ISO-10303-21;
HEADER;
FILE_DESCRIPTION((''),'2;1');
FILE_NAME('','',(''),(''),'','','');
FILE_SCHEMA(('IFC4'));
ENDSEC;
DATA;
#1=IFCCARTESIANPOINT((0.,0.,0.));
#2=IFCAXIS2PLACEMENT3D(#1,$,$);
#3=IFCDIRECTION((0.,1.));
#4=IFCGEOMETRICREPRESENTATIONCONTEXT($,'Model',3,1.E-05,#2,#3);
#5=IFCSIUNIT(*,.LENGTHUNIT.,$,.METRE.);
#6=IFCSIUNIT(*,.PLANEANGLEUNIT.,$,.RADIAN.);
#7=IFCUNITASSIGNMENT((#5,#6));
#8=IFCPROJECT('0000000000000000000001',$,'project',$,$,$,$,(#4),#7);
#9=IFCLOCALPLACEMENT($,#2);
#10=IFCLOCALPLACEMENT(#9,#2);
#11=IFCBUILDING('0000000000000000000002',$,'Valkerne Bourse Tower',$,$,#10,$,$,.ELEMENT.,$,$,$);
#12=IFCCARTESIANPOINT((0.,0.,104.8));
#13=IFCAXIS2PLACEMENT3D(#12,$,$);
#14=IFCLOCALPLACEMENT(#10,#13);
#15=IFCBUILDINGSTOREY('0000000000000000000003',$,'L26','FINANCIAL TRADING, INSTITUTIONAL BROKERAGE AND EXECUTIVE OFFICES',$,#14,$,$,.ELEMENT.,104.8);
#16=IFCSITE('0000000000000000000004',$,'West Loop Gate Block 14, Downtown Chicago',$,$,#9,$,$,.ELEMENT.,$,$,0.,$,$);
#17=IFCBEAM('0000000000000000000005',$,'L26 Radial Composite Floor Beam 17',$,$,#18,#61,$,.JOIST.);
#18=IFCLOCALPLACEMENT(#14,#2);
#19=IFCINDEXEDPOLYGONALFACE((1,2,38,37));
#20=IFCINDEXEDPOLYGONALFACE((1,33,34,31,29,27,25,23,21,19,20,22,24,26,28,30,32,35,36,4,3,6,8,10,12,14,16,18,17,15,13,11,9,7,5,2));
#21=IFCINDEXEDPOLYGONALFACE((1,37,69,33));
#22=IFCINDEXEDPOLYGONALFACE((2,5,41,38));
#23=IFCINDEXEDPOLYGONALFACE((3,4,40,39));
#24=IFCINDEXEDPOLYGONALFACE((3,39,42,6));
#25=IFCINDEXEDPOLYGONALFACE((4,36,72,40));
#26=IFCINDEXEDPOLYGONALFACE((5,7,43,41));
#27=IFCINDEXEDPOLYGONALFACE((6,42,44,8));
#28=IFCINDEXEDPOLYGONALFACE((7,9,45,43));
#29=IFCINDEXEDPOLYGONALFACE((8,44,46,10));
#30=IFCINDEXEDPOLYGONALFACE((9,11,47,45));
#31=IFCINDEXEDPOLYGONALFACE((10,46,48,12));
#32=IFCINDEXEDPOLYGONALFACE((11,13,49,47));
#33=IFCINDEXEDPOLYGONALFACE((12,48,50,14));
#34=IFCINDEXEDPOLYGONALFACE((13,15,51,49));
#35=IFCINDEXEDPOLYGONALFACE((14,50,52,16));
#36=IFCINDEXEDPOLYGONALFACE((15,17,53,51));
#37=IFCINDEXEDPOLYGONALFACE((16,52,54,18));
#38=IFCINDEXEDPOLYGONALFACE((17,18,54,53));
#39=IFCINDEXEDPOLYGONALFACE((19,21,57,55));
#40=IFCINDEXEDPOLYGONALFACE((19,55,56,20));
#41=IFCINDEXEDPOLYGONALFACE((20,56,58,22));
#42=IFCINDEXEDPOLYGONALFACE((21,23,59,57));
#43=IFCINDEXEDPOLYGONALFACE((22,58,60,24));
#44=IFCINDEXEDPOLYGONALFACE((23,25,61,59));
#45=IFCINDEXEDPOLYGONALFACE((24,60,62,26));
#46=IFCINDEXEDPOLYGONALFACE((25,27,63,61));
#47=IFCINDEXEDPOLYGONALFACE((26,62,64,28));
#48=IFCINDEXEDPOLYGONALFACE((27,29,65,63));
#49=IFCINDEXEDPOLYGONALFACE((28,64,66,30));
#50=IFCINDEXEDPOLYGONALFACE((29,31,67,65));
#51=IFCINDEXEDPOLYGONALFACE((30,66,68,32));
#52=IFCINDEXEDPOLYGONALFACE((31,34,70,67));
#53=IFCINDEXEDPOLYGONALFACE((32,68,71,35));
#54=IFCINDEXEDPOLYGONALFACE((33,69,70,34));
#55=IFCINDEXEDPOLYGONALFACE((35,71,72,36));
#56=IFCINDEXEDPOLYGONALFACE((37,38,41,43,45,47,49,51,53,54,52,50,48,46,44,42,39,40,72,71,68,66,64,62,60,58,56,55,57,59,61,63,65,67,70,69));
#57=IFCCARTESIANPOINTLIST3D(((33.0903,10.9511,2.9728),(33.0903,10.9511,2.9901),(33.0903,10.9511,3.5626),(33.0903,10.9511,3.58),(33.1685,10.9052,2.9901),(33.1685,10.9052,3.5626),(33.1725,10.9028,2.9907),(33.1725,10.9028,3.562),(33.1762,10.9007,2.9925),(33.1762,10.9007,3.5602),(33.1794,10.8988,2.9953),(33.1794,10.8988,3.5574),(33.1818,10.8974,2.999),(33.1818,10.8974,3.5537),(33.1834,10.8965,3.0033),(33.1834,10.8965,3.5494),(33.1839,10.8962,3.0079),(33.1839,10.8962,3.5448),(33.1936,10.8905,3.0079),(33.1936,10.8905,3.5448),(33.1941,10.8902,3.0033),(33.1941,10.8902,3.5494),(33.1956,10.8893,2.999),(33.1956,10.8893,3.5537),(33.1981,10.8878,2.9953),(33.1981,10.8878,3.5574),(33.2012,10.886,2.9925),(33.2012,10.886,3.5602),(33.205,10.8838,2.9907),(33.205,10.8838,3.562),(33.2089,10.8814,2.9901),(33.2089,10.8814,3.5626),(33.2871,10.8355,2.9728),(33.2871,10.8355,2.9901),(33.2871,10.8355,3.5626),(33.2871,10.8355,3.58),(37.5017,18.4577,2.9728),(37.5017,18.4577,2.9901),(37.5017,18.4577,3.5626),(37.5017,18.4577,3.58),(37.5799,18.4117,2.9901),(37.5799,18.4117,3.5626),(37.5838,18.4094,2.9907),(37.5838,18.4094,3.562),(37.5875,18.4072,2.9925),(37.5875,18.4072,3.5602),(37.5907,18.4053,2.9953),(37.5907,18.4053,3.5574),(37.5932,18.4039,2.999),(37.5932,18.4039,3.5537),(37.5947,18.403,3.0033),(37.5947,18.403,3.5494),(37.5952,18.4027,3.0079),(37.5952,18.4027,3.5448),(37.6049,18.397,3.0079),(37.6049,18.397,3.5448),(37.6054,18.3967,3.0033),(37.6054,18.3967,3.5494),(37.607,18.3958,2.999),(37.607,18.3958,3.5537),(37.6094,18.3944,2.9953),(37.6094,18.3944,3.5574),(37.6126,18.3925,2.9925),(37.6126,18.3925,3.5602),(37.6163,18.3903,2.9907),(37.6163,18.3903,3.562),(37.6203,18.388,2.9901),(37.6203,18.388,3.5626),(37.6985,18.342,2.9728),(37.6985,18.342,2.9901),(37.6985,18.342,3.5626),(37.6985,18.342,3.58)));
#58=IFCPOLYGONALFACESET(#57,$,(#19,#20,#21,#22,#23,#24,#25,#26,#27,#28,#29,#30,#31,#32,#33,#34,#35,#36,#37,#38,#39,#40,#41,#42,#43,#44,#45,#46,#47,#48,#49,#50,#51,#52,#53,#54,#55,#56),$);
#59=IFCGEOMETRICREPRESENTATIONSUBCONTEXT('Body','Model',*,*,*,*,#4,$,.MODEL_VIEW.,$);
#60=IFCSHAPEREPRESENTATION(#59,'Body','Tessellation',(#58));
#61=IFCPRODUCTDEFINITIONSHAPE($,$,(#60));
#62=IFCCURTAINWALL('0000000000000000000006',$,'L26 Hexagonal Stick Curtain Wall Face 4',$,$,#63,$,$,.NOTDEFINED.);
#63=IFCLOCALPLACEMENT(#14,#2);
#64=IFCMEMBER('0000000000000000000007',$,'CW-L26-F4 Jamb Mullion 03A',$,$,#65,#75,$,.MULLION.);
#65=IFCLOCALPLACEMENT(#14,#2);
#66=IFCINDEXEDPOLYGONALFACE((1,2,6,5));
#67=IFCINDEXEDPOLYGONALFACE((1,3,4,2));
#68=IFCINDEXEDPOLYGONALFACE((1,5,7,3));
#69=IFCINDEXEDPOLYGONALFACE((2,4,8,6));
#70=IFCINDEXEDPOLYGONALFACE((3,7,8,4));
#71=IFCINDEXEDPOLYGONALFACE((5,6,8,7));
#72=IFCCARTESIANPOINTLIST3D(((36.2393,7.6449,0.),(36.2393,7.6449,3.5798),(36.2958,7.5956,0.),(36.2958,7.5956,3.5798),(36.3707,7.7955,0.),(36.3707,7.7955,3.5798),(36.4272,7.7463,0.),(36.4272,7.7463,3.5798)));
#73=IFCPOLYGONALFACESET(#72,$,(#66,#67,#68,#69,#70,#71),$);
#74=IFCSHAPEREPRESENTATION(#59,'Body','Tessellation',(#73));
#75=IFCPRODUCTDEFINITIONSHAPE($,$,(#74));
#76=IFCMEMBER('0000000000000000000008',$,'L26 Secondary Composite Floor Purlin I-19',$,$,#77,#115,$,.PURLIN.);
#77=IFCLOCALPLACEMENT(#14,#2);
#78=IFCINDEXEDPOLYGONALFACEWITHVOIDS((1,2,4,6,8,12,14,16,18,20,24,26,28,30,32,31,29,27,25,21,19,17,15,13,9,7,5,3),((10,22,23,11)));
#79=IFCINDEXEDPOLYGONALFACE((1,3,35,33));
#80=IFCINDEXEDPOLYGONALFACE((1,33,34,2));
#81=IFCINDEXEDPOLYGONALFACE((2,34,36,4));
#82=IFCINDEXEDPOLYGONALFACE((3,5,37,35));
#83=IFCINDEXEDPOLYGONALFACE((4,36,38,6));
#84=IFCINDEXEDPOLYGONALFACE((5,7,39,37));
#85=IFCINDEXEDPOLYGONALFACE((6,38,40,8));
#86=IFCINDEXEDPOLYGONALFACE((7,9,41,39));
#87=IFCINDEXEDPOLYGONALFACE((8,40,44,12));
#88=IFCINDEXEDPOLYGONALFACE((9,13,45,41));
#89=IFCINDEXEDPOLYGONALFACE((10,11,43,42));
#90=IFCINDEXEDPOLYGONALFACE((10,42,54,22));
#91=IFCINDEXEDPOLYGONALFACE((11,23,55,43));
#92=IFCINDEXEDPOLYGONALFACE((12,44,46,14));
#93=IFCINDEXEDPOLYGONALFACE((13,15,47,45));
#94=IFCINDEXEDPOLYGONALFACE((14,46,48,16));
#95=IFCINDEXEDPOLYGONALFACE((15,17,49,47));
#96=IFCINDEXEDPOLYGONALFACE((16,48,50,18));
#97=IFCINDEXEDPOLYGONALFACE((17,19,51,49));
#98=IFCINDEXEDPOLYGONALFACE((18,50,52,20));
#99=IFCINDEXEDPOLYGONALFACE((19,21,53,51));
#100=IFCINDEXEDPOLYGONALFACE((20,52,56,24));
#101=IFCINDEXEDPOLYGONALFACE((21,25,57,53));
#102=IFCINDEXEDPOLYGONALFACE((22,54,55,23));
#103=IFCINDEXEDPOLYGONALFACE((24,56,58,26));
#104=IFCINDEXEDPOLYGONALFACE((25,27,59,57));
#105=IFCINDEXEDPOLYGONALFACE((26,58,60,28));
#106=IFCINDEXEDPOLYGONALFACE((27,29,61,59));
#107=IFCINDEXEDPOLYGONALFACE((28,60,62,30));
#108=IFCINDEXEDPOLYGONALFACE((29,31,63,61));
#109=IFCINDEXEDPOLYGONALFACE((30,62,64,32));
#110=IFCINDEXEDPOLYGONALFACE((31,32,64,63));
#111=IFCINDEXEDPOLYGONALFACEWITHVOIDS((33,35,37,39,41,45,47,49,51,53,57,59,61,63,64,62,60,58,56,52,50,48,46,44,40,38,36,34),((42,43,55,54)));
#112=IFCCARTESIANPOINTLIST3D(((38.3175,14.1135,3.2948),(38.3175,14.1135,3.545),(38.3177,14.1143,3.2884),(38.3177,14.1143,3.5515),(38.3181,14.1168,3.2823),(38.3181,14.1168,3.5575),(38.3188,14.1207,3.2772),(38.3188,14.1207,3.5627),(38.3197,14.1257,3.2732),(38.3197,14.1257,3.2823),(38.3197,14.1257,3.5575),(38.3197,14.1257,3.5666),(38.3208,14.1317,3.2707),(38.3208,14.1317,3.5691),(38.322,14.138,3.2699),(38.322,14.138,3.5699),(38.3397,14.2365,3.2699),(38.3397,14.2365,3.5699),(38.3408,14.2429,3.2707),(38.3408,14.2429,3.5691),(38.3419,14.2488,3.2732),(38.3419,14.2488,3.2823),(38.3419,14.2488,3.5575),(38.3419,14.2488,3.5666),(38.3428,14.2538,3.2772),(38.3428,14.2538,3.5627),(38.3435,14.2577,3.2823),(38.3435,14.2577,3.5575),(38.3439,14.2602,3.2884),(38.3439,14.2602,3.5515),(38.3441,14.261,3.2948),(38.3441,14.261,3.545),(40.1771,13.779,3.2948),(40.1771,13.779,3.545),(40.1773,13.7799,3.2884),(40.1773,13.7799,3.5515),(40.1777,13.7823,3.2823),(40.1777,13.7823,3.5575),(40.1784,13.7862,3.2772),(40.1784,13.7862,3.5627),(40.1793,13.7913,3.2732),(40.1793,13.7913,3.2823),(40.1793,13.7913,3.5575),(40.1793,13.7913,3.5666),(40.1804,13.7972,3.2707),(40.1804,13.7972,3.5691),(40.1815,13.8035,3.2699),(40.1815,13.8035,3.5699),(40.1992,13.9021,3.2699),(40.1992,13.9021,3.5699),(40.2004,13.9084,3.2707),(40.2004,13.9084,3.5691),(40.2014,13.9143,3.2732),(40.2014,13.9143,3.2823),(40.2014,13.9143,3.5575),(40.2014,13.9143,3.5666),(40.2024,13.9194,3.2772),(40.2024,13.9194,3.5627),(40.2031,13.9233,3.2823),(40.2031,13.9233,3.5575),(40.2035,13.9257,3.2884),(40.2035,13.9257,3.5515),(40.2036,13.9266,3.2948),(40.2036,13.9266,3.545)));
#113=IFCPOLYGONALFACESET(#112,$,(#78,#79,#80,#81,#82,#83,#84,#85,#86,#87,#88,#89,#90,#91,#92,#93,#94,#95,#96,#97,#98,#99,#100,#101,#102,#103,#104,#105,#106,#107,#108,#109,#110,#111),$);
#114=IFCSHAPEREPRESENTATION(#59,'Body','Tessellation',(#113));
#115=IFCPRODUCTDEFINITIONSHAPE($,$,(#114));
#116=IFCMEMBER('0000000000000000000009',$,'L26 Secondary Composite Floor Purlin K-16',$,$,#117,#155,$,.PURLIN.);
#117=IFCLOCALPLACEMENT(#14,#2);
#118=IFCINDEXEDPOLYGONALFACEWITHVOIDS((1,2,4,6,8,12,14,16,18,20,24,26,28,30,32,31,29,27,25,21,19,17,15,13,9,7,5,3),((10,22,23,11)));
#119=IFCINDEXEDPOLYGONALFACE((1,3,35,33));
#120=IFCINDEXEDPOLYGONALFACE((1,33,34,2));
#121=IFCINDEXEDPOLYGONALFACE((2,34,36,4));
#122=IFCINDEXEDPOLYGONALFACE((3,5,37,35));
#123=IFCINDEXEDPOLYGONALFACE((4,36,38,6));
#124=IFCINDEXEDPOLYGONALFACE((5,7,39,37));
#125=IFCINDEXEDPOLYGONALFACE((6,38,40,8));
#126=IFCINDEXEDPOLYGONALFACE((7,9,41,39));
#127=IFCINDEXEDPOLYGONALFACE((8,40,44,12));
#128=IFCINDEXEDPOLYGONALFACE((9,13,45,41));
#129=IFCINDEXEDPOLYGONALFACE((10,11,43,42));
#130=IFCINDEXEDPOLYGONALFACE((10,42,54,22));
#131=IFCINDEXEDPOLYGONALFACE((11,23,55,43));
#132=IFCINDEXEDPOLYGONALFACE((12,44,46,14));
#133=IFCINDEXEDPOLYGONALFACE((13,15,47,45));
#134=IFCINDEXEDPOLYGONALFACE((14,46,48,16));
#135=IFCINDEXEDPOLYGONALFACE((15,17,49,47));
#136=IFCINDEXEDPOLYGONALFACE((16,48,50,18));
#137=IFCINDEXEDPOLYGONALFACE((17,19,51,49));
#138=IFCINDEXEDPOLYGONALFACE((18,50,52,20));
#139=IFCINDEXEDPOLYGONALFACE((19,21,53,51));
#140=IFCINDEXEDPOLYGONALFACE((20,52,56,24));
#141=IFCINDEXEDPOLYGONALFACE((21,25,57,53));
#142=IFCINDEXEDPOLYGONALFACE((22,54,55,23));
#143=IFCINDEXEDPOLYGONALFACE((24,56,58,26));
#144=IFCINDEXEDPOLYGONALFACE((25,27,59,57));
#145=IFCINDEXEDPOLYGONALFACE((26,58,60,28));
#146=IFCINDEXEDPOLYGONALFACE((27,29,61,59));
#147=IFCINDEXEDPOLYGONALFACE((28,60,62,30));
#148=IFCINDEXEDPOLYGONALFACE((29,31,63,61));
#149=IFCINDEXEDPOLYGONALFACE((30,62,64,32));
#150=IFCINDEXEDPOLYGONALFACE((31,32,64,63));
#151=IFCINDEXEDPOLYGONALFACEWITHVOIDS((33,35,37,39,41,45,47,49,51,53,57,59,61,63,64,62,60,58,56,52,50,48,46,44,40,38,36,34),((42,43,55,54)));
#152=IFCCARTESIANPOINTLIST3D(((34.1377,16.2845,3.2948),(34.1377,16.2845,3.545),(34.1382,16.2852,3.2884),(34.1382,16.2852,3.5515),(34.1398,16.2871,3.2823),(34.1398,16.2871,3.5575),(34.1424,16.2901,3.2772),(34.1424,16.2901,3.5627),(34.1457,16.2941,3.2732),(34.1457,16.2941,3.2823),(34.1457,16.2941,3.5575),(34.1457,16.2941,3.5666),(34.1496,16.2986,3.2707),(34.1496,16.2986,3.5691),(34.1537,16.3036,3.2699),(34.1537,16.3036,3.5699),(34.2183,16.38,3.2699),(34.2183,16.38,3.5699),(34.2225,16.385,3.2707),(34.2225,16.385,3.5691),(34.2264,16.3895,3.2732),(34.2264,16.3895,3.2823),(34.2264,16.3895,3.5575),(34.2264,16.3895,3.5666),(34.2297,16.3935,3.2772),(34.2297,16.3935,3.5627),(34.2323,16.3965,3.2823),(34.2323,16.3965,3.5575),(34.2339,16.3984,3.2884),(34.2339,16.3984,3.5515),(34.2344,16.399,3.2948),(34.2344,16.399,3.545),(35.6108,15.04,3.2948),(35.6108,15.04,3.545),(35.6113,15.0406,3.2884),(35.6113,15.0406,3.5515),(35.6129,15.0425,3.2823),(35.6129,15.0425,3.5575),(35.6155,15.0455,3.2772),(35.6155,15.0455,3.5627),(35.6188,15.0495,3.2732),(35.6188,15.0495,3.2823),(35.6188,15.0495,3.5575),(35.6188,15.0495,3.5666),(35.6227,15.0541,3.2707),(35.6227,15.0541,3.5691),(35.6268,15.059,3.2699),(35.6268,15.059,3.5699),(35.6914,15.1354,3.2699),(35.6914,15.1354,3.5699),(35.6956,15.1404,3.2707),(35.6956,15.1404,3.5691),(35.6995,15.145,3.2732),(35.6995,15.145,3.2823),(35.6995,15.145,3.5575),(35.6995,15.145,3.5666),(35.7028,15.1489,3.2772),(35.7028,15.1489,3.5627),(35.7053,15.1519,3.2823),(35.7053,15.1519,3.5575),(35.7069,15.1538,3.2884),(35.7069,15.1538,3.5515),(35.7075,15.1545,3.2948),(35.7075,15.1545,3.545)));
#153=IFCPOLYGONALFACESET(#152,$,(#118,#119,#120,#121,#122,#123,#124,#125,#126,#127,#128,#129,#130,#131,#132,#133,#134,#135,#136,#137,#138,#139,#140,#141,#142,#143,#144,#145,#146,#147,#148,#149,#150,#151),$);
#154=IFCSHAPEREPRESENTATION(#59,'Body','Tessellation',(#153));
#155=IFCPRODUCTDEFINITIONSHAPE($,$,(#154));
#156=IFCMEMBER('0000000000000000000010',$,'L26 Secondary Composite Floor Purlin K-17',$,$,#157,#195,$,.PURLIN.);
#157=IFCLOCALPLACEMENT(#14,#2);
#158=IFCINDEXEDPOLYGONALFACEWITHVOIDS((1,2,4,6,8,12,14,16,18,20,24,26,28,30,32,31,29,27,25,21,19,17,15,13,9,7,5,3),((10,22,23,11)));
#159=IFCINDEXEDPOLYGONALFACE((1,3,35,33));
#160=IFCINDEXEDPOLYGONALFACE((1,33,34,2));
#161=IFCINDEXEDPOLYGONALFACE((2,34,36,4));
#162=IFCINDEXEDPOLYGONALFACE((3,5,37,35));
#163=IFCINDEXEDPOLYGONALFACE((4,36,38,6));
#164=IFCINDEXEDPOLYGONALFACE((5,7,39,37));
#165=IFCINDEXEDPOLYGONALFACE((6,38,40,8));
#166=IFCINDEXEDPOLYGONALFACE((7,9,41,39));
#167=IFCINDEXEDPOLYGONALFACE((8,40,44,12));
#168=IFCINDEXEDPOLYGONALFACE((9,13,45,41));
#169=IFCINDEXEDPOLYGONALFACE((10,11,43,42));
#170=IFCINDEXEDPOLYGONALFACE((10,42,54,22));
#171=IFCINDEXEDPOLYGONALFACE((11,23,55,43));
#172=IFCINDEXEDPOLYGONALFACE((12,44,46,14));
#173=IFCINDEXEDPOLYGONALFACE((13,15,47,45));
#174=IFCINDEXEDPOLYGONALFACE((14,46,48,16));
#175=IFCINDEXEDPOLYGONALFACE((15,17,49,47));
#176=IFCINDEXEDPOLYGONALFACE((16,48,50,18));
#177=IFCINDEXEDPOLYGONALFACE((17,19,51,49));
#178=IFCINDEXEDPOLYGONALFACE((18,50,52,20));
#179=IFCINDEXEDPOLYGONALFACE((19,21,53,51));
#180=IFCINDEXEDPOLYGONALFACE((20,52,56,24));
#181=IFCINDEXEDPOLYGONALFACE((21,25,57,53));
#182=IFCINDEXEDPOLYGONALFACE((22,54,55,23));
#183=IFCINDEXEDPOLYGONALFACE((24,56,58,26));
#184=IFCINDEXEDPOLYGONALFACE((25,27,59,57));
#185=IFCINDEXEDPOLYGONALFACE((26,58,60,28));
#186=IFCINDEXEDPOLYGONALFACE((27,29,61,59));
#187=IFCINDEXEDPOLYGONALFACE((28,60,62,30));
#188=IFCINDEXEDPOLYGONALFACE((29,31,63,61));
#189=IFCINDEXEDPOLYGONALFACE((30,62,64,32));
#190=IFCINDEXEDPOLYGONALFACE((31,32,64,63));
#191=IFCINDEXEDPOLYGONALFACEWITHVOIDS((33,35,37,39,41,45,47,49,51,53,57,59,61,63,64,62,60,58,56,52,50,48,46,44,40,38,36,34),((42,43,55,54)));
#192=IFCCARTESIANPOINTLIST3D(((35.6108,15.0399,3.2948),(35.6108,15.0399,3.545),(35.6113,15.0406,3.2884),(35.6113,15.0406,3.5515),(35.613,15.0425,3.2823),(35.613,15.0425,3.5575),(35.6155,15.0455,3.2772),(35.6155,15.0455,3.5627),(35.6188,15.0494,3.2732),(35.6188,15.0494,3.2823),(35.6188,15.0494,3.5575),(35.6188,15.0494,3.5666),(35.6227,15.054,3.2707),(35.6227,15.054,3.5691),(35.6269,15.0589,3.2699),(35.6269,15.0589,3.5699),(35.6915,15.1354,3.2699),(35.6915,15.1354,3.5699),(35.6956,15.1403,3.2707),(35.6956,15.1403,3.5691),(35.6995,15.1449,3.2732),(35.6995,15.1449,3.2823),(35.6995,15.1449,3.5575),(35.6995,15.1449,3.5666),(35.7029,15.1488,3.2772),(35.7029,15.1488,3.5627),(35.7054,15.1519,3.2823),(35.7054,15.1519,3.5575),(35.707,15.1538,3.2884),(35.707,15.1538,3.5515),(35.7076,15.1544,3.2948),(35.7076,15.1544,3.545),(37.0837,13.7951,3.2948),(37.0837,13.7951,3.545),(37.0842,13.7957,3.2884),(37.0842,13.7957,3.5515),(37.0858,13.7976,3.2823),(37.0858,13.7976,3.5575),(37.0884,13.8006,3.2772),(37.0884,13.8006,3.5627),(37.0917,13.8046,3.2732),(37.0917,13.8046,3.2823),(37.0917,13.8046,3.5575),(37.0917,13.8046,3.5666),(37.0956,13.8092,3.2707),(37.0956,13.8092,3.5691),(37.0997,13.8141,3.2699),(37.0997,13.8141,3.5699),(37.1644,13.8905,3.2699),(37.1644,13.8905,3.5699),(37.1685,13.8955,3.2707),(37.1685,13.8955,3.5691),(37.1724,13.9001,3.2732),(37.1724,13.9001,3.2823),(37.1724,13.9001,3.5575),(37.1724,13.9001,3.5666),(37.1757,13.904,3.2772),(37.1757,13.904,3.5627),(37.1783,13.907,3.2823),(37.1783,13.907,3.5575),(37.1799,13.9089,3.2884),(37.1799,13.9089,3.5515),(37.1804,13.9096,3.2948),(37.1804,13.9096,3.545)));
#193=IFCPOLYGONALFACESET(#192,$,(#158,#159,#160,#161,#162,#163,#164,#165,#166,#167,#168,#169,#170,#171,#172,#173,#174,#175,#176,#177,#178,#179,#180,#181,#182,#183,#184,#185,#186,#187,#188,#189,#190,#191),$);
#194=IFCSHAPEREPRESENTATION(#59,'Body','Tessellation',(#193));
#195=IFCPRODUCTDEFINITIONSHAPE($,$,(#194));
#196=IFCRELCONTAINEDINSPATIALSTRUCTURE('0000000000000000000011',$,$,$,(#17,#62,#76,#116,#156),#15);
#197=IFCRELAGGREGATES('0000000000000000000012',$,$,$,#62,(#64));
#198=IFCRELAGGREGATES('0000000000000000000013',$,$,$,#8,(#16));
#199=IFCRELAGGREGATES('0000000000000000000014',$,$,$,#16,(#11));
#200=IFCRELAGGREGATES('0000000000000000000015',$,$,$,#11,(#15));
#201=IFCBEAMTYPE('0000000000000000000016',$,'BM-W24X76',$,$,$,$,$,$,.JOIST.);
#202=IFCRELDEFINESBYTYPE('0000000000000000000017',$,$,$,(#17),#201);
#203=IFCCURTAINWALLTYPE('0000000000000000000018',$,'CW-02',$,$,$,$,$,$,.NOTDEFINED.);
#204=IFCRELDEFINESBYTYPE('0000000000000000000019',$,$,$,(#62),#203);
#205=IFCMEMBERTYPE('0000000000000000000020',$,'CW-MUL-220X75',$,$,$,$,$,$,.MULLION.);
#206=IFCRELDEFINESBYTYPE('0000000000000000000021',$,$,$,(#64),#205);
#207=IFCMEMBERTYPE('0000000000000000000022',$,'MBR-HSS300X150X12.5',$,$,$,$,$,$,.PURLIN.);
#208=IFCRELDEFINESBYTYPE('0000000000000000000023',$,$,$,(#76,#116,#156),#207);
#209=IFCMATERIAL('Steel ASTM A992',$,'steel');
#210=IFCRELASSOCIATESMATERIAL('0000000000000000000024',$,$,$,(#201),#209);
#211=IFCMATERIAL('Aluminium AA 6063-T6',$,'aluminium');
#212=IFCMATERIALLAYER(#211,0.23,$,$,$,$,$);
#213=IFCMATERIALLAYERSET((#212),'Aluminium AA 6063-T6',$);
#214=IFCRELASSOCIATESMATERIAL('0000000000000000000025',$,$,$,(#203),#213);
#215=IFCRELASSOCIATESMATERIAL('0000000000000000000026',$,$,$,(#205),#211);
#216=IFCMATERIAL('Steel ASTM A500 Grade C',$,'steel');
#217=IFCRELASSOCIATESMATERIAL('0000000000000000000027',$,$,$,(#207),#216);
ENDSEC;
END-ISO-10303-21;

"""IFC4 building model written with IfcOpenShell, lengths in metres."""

from ifc_helpers import new_model, si_unit, direction, frame, origin, origin_2d, place, context, subcontext, project, spatial, rectangle, hollow_rectangle, i_section, extrude, material, layer, layer_set, material_profile, profile_set, type_object, element, aggregate, save


model = new_model("IFC4")

# Units and contexts
model_context = context("Model", 3, precision=1e-05, world=origin(), true_north=direction((0.0, 1.0)))
body_context = subcontext(model_context, "Body", "Model", "MODEL_VIEW")
ifc_project = project(units=[si_unit("LENGTHUNIT", "METRE"), si_unit("PLANEANGLEUNIT", "RADIAN")], contexts=[model_context])

# Site, building, storey
site_placement = place(None, origin())
site = spatial("IfcSite", under=ifc_project, at=site_placement, Name="West Loop Gate Block 14, Downtown Chicago", CompositionType="ELEMENT", RefElevation=0.0)
building_placement = place(site_placement, origin())
building = spatial("IfcBuilding", under=site, at=building_placement, Name="Valkerne Bourse Tower", CompositionType="ELEMENT")
storey_placement = place(building_placement, frame((0.0, 0.0, 104.8)))
storey = spatial("IfcBuildingStorey", under=building, at=storey_placement, Name="L26", Description="FINANCIAL TRADING, INSTITUTIONAL BROKERAGE AND EXECUTIVE OFFICES", CompositionType="ELEMENT", Elevation=104.8)

# Beam
ifc_material_1 = material(Name="Steel ASTM A992", Category="steel")
ifc_material_profile_1 = material_profile(ifc_material_1, i_section(OverallWidth=0.2283, OverallDepth=0.6072, WebThickness=0.0112, FlangeThickness=0.0173, FilletRadius=0.0178, at=origin_2d()), Name="W24X76")
ifc_profile_set_1 = profile_set([ifc_material_profile_1], Name="Steel ASTM A992")
beam_type_1 = type_object("IfcBeamType", Name="BM-W24X76", PredefinedType="JOIST", material=ifc_profile_set_1)
beam_1_placement = place(storey_placement, frame((33.1887, 10.8933, 3.2764), z_axis=(0.506656, 0.862148, 0.0), x_axis=(-0.862148, 0.506656, 0.0)))
element("IfcBeam", 1, at=beam_1_placement, inside=storey, type_object=beam_type_1, Name="L26 Radial Composite Floor Beam 17", PredefinedType="JOIST", context=body_context, shape_type="SweptSolid", body=[
    extrude(i_section(OverallWidth=0.2283, OverallDepth=0.6072, WebThickness=0.0112, FlangeThickness=0.0173, FilletRadius=0.0178, at=origin_2d()), origin(), (0.0, 0.0, 1.0), 8.7068),
])

# Curtain wall, member
ifc_material_2 = material(Name="Aluminium AA 6063-T6", Category="aluminium")
ifc_layer_1 = layer(ifc_material_2, 0.23)
ifc_layer_set_1 = layer_set([ifc_layer_1], Name="Aluminium AA 6063-T6")
curtain_wall_type = type_object("IfcCurtainWallType", Name="CW-02", PredefinedType="NOTDEFINED", material=ifc_layer_set_1)
curtain_wall_placement = place(storey_placement, origin())
curtain_wall = element("IfcCurtainWall", 2, at=curtain_wall_placement, inside=storey, type_object=curtain_wall_type, Name="L26 Hexagonal Stick Curtain Wall Face 4", PredefinedType="NOTDEFINED")
ifc_material_profile_2 = material_profile(ifc_material_2, rectangle(XDim=0.075, YDim=0.2, at=origin_2d()), Name="CWM-75X200")
ifc_profile_set_2 = profile_set([ifc_material_profile_2], Name="Aluminium AA 6063-T6")
member_type_1 = type_object("IfcMemberType", Name="CW-MUL-220X75", PredefinedType="MULLION", material=ifc_profile_set_2)
member_1_placement = place(storey_placement, frame((36.3333, 7.6956, 0.0), z_axis=(0.0, 0.0, 1.0), x_axis=(0.753564, -0.657375, 0.0)))
member_1 = element("IfcMember", 3, at=member_1_placement, type_object=member_type_1, Name="CW-L26-F4 Jamb Mullion 03A", PredefinedType="MULLION", context=body_context, shape_type="SweptSolid", body=[
    extrude(rectangle(XDim=0.075, YDim=0.2, at=origin_2d()), origin(), (0.0, 0.0, 1.0), 3.5798),
])

# Members
ifc_material_3 = material(Name="Steel ASTM A500 Grade C", Category="steel")
ifc_material_profile_3 = material_profile(ifc_material_3, hollow_rectangle(XDim=0.1499, YDim=0.3, WallThickness=0.0125, OuterFilletRadius=0.0249, at=origin_2d()), Name="HSS300X150X12.5")
ifc_profile_set_3 = profile_set([ifc_material_profile_3], Name="Steel ASTM A500 Grade C")
member_type_2 = type_object("IfcMemberType", Name="MBR-HSS300X150X12.5", PredefinedType="PURLIN", material=ifc_profile_set_3)
member_2_placement = place(storey_placement, frame((38.3308, 14.1873, 3.4199), z_axis=(0.984207, -0.17702, 0.0), x_axis=(0.17702, 0.984207, 0.0)))
element("IfcMember", 4, at=member_2_placement, inside=storey, type_object=member_type_2, Name="L26 Secondary Composite Floor Purlin I-19", PredefinedType="PURLIN", context=body_context, shape_type="SweptSolid", body=[
    extrude(hollow_rectangle(XDim=0.1499, YDim=0.3, WallThickness=0.0125, OuterFilletRadius=0.0249, at=origin_2d()), origin(), (0.0, 0.0, 1.0), 1.8894),
])
for number, where, z_axis, x_axis, name in (
    (5, (34.186, 16.3418, 3.4199), (0.763866, -0.645375, 0.0), (0.645375, 0.763866, 0.0), "L26 Secondary Composite Floor Purlin K-16"),
    (6, (35.6592, 15.0972, 3.4199), (0.763751, -0.645511, 0.0), (0.645511, 0.763751, 0.0), "L26 Secondary Composite Floor Purlin K-17"),
):
    element("IfcMember", number, at=place(storey_placement, frame(where, z_axis=z_axis, x_axis=x_axis)), inside=storey, type_object=member_type_2, Name=name, PredefinedType="PURLIN", context=body_context, shape_type="SweptSolid", body=[
        extrude(hollow_rectangle(XDim=0.1499, YDim=0.3, WallThickness=0.0125, OuterFilletRadius=0.0249, at=origin_2d()), origin(), (0.0, 0.0, 1.0), 1.9285),
    ])

aggregate(curtain_wall, [member_1])

save(model, "model.ifc")
